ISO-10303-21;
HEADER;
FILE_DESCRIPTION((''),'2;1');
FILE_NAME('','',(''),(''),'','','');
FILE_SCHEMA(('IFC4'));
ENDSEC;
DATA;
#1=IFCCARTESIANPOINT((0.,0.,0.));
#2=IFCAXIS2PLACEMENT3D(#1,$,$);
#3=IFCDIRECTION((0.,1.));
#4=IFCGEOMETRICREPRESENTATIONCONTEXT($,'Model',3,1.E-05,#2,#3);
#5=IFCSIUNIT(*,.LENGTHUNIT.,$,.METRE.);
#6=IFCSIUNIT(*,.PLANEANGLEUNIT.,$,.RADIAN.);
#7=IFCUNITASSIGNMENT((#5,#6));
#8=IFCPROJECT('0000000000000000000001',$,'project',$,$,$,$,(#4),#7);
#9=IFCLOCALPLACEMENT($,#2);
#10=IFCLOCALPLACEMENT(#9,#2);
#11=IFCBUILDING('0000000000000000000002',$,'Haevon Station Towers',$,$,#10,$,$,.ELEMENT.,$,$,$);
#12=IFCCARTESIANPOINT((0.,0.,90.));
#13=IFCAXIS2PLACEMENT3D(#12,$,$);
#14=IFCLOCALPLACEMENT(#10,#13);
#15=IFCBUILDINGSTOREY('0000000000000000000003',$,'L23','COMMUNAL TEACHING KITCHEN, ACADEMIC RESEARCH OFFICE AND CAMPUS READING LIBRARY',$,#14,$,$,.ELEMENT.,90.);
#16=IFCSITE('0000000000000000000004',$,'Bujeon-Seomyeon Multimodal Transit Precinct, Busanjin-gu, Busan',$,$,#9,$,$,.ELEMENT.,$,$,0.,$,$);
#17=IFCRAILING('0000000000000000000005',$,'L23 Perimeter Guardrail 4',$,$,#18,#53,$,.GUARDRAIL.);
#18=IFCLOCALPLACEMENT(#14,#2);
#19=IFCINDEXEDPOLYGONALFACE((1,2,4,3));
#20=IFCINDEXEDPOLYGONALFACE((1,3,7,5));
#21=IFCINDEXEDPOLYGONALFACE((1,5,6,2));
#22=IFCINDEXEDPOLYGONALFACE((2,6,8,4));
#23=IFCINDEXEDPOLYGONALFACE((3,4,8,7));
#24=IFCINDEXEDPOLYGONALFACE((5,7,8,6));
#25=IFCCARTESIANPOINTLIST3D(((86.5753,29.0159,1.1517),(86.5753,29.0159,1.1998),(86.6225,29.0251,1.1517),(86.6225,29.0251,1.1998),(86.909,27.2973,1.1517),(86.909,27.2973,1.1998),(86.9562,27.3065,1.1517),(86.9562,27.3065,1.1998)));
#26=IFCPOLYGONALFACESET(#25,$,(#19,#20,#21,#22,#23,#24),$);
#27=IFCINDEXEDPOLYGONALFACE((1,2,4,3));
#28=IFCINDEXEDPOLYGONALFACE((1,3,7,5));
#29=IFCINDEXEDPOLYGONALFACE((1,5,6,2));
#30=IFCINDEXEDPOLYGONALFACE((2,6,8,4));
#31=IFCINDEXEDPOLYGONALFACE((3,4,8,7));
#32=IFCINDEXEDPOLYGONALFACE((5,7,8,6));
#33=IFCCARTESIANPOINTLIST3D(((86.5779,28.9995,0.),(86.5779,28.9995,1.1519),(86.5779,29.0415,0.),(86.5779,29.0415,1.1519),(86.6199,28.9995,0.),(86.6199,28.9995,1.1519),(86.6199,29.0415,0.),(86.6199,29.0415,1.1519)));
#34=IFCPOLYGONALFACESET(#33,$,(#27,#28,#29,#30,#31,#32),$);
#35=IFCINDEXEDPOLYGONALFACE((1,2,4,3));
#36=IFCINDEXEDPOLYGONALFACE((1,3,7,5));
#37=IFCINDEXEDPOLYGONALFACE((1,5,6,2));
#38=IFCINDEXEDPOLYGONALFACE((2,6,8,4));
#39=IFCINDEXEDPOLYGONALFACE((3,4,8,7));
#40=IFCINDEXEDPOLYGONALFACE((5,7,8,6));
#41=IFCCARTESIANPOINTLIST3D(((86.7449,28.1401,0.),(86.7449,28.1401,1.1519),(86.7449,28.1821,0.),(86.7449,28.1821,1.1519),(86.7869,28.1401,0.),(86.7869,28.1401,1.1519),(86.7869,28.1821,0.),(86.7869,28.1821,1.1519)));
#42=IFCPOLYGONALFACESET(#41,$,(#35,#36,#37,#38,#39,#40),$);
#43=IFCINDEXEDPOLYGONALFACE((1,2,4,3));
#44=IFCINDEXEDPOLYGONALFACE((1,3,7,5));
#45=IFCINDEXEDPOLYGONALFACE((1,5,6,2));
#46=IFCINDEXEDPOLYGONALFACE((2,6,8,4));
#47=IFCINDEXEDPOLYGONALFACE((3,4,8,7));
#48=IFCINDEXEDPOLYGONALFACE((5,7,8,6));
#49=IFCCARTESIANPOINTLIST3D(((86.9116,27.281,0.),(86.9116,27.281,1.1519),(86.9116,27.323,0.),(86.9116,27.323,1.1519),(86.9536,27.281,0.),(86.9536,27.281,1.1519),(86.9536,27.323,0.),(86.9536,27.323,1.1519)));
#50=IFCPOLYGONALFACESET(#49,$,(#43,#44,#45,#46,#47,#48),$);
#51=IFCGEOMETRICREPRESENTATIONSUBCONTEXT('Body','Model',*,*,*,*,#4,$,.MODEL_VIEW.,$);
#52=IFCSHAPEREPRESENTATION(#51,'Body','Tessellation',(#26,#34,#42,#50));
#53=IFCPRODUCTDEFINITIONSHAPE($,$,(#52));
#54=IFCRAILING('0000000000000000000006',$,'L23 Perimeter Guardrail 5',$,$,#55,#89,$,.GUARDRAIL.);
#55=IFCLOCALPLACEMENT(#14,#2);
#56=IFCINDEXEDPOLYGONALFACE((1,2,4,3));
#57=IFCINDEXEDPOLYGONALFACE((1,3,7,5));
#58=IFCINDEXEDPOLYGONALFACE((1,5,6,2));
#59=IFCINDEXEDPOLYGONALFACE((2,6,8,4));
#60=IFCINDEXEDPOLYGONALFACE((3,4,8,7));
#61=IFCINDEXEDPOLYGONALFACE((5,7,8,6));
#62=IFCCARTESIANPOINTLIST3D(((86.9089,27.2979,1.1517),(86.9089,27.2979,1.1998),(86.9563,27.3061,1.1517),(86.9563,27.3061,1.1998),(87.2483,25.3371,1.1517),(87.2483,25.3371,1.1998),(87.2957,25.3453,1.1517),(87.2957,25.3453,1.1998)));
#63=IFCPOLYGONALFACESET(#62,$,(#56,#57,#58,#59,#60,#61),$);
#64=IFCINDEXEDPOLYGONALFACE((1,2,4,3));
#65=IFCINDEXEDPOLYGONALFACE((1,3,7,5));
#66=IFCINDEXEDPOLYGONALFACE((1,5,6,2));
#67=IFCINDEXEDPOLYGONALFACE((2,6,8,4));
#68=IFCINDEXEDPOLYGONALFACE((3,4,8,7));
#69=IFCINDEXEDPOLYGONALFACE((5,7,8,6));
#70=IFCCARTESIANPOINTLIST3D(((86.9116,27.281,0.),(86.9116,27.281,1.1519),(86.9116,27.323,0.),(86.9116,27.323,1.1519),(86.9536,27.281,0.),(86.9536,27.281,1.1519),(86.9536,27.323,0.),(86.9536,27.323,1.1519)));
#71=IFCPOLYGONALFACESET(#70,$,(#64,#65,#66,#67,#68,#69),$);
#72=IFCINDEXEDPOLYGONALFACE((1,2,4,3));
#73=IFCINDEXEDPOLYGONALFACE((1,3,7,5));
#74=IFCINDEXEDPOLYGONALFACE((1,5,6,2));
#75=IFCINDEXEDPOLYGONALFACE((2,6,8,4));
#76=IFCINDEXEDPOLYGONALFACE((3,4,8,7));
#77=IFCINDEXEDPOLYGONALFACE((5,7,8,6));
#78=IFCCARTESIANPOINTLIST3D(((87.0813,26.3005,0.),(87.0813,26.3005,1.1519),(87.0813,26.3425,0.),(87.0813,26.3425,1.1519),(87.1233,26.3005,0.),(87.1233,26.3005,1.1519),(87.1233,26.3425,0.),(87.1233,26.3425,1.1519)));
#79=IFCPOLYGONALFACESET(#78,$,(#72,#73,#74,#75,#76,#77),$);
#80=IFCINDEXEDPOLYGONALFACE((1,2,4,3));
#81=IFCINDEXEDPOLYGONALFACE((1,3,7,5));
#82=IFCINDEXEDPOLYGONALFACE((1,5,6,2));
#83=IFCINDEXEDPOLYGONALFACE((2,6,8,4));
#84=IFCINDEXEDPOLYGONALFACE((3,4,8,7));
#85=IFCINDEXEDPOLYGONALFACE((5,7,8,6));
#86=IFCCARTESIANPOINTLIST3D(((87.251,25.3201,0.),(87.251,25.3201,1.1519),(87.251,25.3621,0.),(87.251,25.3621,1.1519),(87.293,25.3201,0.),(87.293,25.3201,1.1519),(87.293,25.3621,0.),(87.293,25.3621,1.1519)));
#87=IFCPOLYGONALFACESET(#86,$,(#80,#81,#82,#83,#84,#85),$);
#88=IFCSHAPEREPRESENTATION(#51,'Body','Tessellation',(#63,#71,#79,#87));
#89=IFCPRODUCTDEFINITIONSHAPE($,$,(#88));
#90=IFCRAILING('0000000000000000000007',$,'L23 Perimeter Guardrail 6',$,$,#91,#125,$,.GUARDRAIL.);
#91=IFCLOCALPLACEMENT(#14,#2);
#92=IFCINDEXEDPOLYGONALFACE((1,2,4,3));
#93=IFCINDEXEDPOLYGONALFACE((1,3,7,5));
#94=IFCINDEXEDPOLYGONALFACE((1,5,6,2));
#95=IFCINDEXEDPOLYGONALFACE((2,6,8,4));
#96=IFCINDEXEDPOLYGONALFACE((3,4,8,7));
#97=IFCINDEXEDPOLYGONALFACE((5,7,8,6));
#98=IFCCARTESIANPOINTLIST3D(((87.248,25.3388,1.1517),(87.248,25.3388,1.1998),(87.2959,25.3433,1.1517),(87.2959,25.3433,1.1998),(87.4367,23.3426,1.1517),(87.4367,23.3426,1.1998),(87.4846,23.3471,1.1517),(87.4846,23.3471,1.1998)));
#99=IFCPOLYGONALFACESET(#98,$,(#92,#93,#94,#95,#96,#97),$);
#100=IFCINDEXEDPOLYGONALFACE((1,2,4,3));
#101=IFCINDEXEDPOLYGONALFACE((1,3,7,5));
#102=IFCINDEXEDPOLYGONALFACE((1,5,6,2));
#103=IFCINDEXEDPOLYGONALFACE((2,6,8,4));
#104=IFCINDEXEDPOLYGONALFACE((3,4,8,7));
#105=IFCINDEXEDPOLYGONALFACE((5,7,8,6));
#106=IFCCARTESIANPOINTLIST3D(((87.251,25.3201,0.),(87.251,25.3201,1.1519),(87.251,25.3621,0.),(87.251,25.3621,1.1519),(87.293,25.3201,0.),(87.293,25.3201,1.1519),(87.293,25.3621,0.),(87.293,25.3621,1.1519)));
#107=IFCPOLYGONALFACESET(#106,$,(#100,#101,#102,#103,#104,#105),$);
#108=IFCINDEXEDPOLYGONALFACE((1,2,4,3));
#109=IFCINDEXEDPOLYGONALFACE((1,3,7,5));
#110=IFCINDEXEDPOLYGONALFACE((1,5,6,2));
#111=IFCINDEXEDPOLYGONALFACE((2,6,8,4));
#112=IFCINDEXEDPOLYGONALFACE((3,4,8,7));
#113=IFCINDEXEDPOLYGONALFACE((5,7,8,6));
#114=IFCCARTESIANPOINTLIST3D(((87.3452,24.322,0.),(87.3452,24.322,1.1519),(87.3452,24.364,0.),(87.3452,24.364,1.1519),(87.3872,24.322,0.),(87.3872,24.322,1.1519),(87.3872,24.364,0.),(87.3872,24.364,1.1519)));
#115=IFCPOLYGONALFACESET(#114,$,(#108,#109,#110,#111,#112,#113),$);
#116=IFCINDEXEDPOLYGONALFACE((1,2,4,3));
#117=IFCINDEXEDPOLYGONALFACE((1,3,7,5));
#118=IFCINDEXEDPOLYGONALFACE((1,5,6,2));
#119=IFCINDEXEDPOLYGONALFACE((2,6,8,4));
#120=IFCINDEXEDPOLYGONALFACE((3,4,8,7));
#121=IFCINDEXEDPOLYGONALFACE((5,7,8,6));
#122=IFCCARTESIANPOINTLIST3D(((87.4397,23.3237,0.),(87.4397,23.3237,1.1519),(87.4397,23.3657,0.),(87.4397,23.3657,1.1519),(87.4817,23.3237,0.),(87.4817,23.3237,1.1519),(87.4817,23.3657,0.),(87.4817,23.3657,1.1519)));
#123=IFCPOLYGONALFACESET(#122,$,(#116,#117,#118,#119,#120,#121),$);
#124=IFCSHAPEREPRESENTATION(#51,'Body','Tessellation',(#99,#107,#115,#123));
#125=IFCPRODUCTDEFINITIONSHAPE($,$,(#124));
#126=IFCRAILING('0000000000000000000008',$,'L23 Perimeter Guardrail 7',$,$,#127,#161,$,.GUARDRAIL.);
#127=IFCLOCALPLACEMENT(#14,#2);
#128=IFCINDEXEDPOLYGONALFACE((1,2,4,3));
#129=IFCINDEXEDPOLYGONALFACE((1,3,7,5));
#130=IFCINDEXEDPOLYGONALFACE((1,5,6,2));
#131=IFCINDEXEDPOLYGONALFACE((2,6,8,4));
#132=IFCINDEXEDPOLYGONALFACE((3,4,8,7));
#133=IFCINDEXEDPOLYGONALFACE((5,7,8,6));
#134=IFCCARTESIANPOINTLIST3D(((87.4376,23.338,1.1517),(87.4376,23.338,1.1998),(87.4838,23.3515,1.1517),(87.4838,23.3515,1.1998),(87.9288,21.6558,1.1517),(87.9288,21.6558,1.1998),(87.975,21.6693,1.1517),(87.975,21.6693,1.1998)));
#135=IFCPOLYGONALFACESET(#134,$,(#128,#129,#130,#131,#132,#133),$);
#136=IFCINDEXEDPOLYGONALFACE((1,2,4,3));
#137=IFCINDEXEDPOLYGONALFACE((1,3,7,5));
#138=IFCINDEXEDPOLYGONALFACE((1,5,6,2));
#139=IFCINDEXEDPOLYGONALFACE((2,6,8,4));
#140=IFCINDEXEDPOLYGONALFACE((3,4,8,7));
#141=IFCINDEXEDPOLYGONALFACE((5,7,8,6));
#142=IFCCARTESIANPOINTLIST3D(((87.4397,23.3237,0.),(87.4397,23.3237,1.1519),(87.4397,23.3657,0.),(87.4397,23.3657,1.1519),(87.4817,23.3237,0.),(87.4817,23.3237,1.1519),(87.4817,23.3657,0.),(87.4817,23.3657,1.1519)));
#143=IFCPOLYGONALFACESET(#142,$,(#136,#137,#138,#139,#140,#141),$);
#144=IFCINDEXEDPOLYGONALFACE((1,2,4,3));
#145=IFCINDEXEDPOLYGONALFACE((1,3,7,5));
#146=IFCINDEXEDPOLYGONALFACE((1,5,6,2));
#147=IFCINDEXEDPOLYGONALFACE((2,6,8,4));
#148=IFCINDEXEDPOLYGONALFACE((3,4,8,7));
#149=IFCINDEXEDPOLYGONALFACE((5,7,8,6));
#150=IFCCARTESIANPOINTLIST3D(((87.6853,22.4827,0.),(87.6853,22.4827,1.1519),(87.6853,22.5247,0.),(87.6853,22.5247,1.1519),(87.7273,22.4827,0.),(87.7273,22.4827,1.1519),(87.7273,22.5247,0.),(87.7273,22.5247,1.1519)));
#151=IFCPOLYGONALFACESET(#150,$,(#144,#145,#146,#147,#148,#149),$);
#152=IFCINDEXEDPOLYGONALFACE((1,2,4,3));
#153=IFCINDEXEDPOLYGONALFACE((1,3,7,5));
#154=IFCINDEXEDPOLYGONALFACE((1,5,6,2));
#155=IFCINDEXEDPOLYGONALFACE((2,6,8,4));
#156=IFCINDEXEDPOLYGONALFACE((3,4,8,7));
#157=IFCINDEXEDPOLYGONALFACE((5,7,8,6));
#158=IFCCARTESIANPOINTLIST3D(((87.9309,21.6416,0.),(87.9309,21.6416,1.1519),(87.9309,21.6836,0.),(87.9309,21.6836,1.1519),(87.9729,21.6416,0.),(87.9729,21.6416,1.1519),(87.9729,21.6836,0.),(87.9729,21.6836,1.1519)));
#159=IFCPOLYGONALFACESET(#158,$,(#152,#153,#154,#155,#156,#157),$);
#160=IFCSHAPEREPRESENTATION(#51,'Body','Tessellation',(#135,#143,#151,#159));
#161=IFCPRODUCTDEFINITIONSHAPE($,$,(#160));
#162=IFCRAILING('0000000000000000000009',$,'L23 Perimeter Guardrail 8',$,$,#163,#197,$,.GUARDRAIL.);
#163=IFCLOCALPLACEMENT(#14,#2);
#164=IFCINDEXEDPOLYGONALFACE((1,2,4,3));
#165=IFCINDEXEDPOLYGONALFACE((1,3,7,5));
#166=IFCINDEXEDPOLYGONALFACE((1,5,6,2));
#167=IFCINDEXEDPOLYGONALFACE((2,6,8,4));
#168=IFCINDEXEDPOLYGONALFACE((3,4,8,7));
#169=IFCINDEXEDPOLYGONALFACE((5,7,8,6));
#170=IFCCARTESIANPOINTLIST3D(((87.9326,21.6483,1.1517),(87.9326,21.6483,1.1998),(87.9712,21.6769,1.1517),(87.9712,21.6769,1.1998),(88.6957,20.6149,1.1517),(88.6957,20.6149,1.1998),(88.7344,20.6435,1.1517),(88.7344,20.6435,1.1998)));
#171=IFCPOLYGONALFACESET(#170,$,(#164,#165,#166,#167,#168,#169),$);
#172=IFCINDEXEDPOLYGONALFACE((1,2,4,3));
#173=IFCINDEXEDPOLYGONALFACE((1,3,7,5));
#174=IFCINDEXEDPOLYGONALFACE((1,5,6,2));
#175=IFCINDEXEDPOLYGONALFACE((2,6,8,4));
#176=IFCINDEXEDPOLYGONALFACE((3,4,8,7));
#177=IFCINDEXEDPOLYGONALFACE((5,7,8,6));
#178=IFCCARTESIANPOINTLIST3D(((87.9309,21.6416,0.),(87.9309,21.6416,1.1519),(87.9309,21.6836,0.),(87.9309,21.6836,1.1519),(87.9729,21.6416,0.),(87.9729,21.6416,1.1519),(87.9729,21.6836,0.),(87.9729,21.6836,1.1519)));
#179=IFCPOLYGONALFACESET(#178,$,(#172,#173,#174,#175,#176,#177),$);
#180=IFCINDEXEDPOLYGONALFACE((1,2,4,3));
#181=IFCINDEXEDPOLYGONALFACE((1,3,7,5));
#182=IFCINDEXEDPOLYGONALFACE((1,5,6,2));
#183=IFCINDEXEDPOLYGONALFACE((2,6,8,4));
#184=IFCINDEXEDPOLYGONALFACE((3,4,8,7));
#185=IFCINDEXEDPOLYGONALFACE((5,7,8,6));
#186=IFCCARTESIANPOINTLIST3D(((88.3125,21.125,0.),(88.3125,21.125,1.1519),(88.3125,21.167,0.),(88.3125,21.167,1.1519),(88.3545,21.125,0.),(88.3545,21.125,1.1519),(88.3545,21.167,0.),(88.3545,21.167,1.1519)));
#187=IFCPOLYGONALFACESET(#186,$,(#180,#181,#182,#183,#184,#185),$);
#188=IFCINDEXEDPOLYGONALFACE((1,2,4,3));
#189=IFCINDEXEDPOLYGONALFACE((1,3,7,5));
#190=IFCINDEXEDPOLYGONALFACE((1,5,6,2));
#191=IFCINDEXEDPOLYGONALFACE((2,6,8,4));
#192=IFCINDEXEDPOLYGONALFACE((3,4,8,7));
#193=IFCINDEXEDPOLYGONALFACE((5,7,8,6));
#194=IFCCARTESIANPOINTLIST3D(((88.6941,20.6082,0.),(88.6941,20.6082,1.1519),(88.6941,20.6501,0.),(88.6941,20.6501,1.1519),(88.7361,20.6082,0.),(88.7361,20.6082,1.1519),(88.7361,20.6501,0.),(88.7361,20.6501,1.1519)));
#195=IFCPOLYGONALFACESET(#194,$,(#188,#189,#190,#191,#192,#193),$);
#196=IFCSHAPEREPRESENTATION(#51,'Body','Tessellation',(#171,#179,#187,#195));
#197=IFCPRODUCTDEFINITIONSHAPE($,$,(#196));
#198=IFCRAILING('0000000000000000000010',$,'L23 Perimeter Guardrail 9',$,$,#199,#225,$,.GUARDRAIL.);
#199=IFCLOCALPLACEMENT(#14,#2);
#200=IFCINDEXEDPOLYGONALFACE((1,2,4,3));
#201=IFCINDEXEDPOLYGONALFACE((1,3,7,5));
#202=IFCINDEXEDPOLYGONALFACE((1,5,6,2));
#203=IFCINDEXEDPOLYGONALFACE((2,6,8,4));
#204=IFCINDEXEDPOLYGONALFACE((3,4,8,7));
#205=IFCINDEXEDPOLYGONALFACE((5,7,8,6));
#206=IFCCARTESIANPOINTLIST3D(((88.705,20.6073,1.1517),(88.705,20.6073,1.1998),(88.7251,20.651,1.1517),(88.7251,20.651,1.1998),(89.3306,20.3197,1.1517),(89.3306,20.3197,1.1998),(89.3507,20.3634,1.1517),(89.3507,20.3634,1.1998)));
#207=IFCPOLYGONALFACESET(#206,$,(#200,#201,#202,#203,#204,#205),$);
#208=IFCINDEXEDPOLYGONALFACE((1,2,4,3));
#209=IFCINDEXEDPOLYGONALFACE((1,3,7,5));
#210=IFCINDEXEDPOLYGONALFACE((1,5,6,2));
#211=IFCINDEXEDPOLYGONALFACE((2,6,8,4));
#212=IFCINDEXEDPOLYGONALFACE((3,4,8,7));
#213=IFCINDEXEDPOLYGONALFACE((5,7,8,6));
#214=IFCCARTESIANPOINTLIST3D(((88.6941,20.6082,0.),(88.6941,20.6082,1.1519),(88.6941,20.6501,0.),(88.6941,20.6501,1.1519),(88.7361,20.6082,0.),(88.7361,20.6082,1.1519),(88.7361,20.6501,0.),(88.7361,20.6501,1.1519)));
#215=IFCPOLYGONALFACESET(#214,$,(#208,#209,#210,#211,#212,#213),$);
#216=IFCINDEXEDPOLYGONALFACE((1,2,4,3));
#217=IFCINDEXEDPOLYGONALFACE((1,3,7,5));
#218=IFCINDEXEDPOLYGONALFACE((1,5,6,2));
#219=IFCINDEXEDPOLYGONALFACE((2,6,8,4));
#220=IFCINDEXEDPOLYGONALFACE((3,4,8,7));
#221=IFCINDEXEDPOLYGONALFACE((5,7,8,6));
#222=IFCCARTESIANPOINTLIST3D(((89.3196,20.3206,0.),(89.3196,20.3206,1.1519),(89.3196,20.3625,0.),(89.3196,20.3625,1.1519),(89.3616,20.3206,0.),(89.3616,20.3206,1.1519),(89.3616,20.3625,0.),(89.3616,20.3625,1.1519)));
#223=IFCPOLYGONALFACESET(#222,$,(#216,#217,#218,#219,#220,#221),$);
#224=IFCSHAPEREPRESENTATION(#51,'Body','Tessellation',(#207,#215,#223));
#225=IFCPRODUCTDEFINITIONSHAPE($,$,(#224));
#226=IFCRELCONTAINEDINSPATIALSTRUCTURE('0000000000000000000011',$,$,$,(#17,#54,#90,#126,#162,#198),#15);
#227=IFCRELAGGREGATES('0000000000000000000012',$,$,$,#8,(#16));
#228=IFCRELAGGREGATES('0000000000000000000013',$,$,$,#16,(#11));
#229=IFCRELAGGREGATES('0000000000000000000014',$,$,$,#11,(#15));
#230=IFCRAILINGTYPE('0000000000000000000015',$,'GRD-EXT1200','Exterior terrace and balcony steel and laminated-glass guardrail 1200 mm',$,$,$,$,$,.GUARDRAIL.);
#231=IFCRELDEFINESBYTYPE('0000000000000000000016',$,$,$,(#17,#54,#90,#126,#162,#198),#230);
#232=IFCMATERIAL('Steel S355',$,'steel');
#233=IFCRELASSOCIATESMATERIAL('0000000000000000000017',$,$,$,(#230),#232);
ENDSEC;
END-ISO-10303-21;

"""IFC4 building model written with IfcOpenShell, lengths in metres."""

from ifc_helpers import new_model, si_unit, direction, frame, origin, origin_2d, place, context, subcontext, project, spatial, rectangle, extrude, material, type_object, element, save


model = new_model("IFC4")

# Units and contexts
model_context = context("Model", 3, precision=1e-05, world=origin(), true_north=direction((0.0, 1.0)))
body_context = subcontext(model_context, "Body", "Model", "MODEL_VIEW")
ifc_project = project(units=[si_unit("LENGTHUNIT", "METRE"), si_unit("PLANEANGLEUNIT", "RADIAN")], contexts=[model_context])

# Site, building, storey
site_placement = place(None, origin())
site = spatial("IfcSite", under=ifc_project, at=site_placement, Name="Bujeon-Seomyeon Multimodal Transit Precinct, Busanjin-gu, Busan", CompositionType="ELEMENT", RefElevation=0.0)
building_placement = place(site_placement, origin())
building = spatial("IfcBuilding", under=site, at=building_placement, Name="Haevon Station Towers", CompositionType="ELEMENT")
storey_placement = place(building_placement, frame((0.0, 0.0, 90.0)))
storey = spatial("IfcBuildingStorey", under=building, at=storey_placement, Name="L23", Description="COMMUNAL TEACHING KITCHEN, ACADEMIC RESEARCH OFFICE AND CAMPUS READING LIBRARY", CompositionType="ELEMENT", Elevation=90.0)

# Railings
ifc_material_1 = material(Name="Steel S355", Category="steel")
railing_type = type_object("IfcRailingType", Name="GRD-EXT1200", Description="Exterior terrace and balcony steel and laminated-glass guardrail 1200 mm", PredefinedType="GUARDRAIL", material=ifc_material_1)
railing_1_placement = place(storey_placement, frame((86.5989, 29.0205, 0.0)))
element("IfcRailing", 1, at=railing_1_placement, inside=storey, type_object=railing_type, Name="L23 Perimeter Guardrail 4", PredefinedType="GUARDRAIL", context=body_context, shape_type="SweptSolid", body=[
    extrude(rectangle(XDim=0.0481, YDim=0.0481, at=origin_2d()), frame((0.0, 0.0, 1.1758), z_axis=(0.190642, -0.98166, 0.0), x_axis=(0.98166, 0.190642, 0.0)), (0.0, 0.0, 1.0), 1.7507),
    extrude(rectangle(XDim=0.042, YDim=0.042, at=origin_2d()), origin(), (0.0, 0.0, 1.0), 1.1519),
    extrude(rectangle(XDim=0.042, YDim=0.042, at=origin_2d()), frame((0.167, -0.8594, 0.0)), (0.0, 0.0, 1.0), 1.1519),
    extrude(rectangle(XDim=0.042, YDim=0.042, at=origin_2d()), frame((0.3337, -1.7185, 0.0)), (0.0, 0.0, 1.0), 1.1519),
])
railing_2_placement = place(storey_placement, frame((86.9326, 27.302, 0.0)))
element("IfcRailing", 2, at=railing_2_placement, inside=storey, type_object=railing_type, Name="L23 Perimeter Guardrail 5", PredefinedType="GUARDRAIL", context=body_context, shape_type="SweptSolid", body=[
    extrude(rectangle(XDim=0.0481, YDim=0.0481, at=origin_2d()), frame((0.0, 0.0, 1.1758), z_axis=(0.170523, -0.985354, 0.0), x_axis=(0.985354, 0.170523, 0.0)), (0.0, 0.0, 1.0), 1.99),
    extrude(rectangle(XDim=0.042, YDim=0.042, at=origin_2d()), origin(), (0.0, 0.0, 1.0), 1.1519),
    extrude(rectangle(XDim=0.042, YDim=0.042, at=origin_2d()), frame((0.1697, -0.9805, 0.0)), (0.0, 0.0, 1.0), 1.1519),
    extrude(rectangle(XDim=0.042, YDim=0.042, at=origin_2d()), frame((0.3394, -1.9609, 0.0)), (0.0, 0.0, 1.0), 1.1519),
])
railing_3_placement = place(storey_placement, frame((87.272, 25.3411, 0.0)))
element("IfcRailing", 3, at=railing_3_placement, inside=storey, type_object=railing_type, Name="L23 Perimeter Guardrail 6", PredefinedType="GUARDRAIL", context=body_context, shape_type="SweptSolid", body=[
    extrude(rectangle(XDim=0.0481, YDim=0.0481, at=origin_2d()), frame((0.0, 0.0, 1.1758), z_axis=(0.094114, -0.995561, 0.0), x_axis=(0.995561, 0.094114, 0.0)), (0.0, 0.0, 1.0), 2.0051),
    extrude(rectangle(XDim=0.042, YDim=0.042, at=origin_2d()), origin(), (0.0, 0.0, 1.0), 1.1519),
    extrude(rectangle(XDim=0.042, YDim=0.042, at=origin_2d()), frame((0.0942, -0.998, 0.0)), (0.0, 0.0, 1.0), 1.1519),
    extrude(rectangle(XDim=0.042, YDim=0.042, at=origin_2d()), frame((0.1887, -1.9963, 0.0)), (0.0, 0.0, 1.0), 1.1519),
])
railing_4_placement = place(storey_placement, frame((87.4607, 23.3447, 0.0)))
element("IfcRailing", 4, at=railing_4_placement, inside=storey, type_object=railing_type, Name="L23 Perimeter Guardrail 7", PredefinedType="GUARDRAIL", context=body_context, shape_type="SweptSolid", body=[
    extrude(rectangle(XDim=0.0481, YDim=0.0481, at=origin_2d()), frame((0.0, 0.0, 1.1758), z_axis=(0.28031, -0.959909, 0.0), x_axis=(0.959909, 0.28031, 0.0)), (0.0, 0.0, 1.0), 1.7524),
    extrude(rectangle(XDim=0.042, YDim=0.042, at=origin_2d()), origin(), (0.0, 0.0, 1.0), 1.1519),
    extrude(rectangle(XDim=0.042, YDim=0.042, at=origin_2d()), frame((0.2456, -0.8411, 0.0)), (0.0, 0.0, 1.0), 1.1519),
    extrude(rectangle(XDim=0.042, YDim=0.042, at=origin_2d()), frame((0.4912, -1.6821, 0.0)), (0.0, 0.0, 1.0), 1.1519),
])
railing_5_placement = place(storey_placement, frame((87.9519, 21.6626, 0.0)))
element("IfcRailing", 5, at=railing_5_placement, inside=storey, type_object=railing_type, Name="L23 Perimeter Guardrail 8", PredefinedType="GUARDRAIL", context=body_context, shape_type="SweptSolid", body=[
    extrude(rectangle(XDim=0.0481, YDim=0.0481, at=origin_2d()), frame((0.0, 0.0, 1.1758), z_axis=(0.594054, -0.804425, 0.0), x_axis=(0.804425, 0.594054, 0.0)), (0.0, 0.0, 1.0), 1.2847),
    extrude(rectangle(XDim=0.042, YDim=0.042, at=origin_2d()), origin(), (0.0, 0.0, 1.0), 1.1519),
    extrude(rectangle(XDim=0.042, YDim=0.042, at=origin_2d()), frame((0.3816, -0.5166, 0.0)), (0.0, 0.0, 1.0), 1.1519),
    extrude(rectangle(XDim=0.042, YDim=0.042, at=origin_2d()), frame((0.7632, -1.0334, 0.0)), (0.0, 0.0, 1.0), 1.1519),
])
railing_6_placement = place(storey_placement, frame((88.7151, 20.6292, 0.0)))
element("IfcRailing", 6, at=railing_6_placement, inside=storey, type_object=railing_type, Name="L23 Perimeter Guardrail 9", PredefinedType="GUARDRAIL", context=body_context, shape_type="SweptSolid", body=[
    extrude(rectangle(XDim=0.0481, YDim=0.0481, at=origin_2d()), frame((0.0, 0.0, 1.1758), z_axis=(0.90856, -0.417753, 0.0), x_axis=(0.417753, 0.90856, 0.0)), (0.0, 0.0, 1.0), 0.6885),
    extrude(rectangle(XDim=0.042, YDim=0.042, at=origin_2d()), origin(), (0.0, 0.0, 1.0), 1.1519),
    extrude(rectangle(XDim=0.042, YDim=0.042, at=origin_2d()), frame((0.6255, -0.2876, 0.0)), (0.0, 0.0, 1.0), 1.1519),
])

save(model, "model.ifc")
